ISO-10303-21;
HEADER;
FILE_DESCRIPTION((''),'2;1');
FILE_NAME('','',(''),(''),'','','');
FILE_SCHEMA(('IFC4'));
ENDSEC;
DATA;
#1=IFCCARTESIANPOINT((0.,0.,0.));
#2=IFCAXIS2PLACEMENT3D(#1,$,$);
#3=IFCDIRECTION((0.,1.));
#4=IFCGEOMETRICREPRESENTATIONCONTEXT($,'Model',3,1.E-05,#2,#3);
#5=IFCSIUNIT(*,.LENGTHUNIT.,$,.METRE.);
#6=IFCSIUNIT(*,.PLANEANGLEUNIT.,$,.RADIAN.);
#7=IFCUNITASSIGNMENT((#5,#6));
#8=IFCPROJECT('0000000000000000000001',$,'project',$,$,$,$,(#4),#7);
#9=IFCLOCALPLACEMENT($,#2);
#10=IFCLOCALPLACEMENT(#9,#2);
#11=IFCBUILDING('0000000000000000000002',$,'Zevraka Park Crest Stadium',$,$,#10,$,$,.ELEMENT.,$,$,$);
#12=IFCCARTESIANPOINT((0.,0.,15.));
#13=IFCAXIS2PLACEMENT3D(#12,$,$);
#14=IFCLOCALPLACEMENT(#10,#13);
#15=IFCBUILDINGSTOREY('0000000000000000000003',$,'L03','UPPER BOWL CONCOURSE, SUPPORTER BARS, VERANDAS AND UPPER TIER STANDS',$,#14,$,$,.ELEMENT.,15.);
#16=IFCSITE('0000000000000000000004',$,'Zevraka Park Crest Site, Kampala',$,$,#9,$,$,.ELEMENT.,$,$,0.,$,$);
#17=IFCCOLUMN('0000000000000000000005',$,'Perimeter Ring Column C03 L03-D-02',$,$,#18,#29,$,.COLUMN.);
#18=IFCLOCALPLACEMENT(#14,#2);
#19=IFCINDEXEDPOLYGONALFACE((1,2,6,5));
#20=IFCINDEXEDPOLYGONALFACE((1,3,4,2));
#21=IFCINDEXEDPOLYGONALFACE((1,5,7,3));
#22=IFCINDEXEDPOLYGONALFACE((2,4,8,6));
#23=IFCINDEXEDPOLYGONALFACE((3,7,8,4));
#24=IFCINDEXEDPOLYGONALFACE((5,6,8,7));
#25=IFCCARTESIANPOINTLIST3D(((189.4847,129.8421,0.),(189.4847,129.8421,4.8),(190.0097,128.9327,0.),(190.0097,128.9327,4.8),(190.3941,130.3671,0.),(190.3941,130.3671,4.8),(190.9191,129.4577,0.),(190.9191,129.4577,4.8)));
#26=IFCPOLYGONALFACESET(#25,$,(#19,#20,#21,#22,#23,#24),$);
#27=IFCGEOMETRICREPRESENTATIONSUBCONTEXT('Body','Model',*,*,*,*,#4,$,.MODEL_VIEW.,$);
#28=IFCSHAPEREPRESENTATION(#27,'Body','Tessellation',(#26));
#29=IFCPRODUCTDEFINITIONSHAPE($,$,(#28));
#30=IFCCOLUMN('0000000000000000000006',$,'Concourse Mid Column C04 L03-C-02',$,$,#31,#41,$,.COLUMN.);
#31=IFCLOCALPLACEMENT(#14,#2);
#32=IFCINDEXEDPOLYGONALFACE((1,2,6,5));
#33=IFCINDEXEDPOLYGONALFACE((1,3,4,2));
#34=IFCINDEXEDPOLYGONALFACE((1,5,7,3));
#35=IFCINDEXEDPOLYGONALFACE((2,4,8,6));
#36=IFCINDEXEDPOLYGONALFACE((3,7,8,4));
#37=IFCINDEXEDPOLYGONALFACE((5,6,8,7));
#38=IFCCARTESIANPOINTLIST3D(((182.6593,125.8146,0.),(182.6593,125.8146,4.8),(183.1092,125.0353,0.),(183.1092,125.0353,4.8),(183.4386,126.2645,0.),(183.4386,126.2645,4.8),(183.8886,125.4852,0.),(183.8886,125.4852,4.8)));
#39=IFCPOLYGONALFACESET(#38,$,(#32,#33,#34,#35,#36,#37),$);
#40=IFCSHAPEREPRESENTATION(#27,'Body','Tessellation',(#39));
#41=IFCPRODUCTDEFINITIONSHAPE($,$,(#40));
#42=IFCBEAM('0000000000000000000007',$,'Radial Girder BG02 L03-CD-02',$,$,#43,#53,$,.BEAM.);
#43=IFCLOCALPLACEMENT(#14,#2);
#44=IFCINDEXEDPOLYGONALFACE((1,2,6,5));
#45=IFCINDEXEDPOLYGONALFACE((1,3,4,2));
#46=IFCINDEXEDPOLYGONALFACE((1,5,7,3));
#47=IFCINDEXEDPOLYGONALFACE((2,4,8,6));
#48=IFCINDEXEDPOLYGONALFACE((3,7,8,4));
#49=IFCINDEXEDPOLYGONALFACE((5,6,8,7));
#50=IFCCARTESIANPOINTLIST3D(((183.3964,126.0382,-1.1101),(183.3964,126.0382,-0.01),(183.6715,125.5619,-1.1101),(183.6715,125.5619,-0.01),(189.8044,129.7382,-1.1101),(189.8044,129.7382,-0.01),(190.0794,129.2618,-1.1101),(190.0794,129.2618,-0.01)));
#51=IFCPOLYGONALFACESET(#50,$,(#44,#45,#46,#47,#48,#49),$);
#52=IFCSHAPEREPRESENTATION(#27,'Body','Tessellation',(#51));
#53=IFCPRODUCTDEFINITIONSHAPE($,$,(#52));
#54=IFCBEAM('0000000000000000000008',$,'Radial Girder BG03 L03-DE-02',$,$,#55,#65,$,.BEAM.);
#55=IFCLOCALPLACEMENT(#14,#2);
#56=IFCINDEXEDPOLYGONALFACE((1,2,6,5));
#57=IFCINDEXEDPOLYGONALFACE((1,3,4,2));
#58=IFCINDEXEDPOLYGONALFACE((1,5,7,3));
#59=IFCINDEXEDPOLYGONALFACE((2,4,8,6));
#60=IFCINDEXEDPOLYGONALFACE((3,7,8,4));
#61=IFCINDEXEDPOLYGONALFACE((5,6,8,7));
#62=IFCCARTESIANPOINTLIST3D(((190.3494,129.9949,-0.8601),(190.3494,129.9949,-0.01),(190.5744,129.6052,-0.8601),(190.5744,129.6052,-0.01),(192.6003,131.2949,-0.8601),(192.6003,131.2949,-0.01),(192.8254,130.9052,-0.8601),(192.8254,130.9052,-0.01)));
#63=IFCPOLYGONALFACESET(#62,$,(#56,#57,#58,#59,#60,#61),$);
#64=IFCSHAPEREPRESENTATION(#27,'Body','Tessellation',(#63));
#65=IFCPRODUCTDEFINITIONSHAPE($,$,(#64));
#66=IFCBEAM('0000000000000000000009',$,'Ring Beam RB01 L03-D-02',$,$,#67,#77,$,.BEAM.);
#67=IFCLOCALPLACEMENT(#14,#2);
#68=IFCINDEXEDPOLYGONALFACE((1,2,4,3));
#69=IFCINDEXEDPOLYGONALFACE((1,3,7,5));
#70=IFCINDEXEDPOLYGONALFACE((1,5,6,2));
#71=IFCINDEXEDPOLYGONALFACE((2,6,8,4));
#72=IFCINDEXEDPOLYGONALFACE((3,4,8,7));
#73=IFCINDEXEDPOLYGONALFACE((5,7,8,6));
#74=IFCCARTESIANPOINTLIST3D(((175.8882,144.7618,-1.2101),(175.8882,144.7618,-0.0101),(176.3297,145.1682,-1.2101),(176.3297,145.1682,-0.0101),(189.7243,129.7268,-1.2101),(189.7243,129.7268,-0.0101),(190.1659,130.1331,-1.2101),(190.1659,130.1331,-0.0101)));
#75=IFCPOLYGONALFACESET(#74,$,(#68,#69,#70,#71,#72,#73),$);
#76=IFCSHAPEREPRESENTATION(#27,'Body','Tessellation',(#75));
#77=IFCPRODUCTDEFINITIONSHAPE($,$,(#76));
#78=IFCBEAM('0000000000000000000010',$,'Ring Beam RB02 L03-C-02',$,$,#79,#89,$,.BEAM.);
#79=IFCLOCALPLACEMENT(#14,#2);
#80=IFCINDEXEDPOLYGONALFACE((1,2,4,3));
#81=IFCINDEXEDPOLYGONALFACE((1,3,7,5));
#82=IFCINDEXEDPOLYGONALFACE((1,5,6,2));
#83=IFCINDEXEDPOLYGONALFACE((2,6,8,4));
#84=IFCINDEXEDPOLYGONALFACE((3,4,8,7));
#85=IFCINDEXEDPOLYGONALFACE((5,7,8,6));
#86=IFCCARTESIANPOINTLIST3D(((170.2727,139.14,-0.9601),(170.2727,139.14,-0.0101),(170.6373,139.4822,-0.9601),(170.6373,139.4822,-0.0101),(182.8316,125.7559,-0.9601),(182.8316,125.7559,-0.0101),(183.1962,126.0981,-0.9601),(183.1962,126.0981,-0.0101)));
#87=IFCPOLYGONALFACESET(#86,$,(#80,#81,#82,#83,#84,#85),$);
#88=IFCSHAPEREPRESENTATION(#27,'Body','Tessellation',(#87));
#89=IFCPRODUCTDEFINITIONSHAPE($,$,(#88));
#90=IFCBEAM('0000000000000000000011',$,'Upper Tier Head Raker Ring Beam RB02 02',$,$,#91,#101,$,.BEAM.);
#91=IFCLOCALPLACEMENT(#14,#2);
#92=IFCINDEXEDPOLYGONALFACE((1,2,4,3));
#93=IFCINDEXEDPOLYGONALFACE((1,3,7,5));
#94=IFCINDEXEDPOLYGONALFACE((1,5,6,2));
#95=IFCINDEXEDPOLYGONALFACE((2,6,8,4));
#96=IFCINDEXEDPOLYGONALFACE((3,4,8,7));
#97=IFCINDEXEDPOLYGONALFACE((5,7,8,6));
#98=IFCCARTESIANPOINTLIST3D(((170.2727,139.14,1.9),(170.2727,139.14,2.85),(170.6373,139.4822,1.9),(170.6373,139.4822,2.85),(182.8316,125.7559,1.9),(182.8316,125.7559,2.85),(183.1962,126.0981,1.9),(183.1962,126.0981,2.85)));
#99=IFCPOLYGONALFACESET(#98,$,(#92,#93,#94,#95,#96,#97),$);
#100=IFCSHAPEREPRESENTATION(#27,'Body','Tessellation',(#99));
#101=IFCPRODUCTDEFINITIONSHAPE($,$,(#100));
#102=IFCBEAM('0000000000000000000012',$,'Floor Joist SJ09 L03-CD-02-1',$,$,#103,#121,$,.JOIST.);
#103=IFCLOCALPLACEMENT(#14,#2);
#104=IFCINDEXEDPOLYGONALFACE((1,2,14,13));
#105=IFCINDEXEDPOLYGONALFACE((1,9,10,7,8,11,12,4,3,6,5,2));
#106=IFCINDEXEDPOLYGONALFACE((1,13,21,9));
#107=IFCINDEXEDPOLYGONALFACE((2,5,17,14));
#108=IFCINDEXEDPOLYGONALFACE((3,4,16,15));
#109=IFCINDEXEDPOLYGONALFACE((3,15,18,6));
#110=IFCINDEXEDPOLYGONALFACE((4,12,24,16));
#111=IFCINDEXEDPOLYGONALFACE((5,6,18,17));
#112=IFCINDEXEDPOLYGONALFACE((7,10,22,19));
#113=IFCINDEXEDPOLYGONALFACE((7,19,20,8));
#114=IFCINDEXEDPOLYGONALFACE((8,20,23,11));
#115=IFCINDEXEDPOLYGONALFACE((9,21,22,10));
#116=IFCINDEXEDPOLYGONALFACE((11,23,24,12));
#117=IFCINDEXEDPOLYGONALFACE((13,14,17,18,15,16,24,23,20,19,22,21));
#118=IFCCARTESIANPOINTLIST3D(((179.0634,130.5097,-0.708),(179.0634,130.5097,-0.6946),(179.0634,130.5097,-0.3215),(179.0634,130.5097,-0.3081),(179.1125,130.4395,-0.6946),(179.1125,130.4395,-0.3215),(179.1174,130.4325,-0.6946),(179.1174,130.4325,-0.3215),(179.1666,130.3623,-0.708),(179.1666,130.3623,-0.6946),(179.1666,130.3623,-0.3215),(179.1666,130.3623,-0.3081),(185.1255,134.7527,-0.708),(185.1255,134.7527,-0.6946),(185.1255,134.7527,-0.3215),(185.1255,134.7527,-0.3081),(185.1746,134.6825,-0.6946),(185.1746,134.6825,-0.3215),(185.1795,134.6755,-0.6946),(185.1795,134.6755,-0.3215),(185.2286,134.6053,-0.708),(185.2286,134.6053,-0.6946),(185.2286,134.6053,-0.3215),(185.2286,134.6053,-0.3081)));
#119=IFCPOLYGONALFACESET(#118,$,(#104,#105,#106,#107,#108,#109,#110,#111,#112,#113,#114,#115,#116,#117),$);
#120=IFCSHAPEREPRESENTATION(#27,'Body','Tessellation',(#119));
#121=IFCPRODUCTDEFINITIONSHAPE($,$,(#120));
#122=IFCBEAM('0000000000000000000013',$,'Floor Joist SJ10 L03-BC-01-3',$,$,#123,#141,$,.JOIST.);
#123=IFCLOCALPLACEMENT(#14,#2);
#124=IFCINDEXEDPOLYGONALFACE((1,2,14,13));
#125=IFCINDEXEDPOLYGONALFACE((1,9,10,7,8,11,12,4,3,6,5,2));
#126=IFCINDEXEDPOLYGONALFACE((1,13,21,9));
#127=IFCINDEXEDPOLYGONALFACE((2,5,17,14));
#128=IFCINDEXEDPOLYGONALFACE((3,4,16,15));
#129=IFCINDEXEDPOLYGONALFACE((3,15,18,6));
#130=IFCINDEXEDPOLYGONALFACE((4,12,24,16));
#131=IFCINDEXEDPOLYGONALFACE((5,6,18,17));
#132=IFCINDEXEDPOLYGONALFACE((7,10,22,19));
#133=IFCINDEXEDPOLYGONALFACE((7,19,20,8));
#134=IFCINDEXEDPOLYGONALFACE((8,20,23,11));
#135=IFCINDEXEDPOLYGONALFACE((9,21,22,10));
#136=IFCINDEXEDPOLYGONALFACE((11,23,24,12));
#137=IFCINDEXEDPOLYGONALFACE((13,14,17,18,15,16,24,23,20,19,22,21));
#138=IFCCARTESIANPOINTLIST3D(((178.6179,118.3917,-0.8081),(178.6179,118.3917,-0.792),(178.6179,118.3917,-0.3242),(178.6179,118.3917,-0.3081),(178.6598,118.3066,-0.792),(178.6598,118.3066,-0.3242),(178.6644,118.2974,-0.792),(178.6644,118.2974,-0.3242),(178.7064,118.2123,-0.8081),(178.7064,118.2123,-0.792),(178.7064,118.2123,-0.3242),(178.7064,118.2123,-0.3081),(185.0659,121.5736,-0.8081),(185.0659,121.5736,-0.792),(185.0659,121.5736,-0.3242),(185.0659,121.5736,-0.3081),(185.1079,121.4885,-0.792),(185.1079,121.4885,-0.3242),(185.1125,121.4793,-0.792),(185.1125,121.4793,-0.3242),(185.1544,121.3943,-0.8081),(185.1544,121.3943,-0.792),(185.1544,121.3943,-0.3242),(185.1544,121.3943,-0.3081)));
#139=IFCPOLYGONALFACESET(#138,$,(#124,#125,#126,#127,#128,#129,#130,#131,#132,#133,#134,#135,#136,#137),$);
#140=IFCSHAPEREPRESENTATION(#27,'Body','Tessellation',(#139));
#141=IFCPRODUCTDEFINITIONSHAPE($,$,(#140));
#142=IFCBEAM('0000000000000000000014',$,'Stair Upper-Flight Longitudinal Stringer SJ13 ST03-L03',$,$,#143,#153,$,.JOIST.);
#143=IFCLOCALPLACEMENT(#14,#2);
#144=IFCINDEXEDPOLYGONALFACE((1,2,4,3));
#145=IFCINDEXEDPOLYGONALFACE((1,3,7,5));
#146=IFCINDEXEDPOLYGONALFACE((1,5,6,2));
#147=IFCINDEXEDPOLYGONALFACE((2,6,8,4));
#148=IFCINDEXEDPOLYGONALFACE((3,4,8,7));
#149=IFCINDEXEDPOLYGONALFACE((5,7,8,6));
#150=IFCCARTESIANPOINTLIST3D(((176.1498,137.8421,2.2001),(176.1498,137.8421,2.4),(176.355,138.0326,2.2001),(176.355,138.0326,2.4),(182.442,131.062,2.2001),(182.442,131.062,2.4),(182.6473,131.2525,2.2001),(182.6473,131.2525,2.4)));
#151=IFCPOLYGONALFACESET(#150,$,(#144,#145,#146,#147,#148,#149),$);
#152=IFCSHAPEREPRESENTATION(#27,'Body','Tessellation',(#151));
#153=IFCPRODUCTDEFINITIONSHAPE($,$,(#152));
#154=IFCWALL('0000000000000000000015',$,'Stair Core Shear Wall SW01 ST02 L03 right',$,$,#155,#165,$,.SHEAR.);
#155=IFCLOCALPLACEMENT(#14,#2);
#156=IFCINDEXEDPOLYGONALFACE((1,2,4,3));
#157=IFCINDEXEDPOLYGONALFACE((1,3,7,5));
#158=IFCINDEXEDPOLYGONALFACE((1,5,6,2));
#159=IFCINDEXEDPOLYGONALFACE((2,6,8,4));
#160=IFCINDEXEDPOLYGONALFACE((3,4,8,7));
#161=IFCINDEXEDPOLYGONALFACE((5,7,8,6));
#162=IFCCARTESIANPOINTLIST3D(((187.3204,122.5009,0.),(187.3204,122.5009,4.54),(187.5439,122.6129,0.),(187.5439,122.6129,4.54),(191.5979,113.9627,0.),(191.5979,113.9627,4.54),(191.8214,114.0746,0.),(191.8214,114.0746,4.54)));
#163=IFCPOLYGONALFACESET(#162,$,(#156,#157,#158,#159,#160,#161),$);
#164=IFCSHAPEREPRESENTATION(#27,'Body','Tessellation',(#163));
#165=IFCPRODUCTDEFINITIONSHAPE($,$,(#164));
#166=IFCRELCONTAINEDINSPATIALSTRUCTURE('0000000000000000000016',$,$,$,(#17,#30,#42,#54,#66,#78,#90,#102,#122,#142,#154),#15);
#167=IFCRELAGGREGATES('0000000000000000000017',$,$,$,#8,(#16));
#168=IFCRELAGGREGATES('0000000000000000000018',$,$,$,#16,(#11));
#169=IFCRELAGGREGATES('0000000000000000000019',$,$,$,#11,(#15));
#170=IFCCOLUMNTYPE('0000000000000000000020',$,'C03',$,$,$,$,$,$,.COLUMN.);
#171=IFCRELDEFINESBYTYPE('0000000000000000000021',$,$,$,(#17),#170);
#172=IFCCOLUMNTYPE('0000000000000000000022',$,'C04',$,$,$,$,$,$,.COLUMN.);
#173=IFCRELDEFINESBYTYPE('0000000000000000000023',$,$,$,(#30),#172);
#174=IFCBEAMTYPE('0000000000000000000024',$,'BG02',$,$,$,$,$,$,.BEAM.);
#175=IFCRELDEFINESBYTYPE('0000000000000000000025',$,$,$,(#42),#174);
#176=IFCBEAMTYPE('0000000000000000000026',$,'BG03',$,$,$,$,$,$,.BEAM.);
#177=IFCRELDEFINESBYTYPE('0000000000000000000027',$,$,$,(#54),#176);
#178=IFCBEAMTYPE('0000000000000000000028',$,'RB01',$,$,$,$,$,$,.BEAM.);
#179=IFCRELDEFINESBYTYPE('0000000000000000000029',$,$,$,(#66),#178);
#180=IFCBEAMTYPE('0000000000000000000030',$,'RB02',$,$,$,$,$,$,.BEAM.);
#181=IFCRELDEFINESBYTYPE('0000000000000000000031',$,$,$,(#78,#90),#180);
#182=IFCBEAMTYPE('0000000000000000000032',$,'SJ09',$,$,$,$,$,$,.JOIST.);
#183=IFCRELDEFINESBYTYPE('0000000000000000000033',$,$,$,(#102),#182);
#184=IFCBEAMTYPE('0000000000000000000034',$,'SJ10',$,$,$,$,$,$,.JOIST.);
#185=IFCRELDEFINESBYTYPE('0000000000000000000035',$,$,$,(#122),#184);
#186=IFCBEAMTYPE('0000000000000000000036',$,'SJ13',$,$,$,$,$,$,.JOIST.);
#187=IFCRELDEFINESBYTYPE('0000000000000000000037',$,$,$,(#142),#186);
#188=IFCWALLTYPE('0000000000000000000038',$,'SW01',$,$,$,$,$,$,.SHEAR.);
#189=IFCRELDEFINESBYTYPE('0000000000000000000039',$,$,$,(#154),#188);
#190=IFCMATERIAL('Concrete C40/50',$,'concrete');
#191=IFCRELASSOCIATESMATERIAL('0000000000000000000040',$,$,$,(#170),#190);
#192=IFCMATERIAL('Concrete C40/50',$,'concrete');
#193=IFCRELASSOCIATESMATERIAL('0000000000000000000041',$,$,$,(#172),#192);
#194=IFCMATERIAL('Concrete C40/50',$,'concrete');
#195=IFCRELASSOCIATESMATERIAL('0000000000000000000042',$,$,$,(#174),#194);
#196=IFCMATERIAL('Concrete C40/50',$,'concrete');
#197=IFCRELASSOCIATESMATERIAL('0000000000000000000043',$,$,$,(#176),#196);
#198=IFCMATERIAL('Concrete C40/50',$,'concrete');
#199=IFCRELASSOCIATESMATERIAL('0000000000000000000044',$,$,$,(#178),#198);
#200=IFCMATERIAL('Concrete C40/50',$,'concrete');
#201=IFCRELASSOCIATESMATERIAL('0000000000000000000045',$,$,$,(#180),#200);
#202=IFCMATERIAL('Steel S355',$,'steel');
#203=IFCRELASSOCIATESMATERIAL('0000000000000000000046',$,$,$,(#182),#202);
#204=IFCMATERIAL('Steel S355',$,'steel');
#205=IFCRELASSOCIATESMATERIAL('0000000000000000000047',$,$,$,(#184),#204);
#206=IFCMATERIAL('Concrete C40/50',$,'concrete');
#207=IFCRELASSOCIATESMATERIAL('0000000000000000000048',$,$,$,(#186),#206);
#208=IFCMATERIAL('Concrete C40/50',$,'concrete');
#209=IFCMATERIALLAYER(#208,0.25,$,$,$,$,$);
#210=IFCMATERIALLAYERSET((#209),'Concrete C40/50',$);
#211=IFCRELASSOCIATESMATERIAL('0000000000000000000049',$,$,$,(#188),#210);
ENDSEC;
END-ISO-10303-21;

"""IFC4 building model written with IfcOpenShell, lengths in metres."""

from ifc_helpers import new_model, si_unit, direction, frame, frame_2d, origin, origin_2d, place, context, subcontext, project, spatial, rectangle, i_section, extrude, material, layer, layer_set, material_profile, profile_set, type_object, element, save


model = new_model("IFC4")

# Units and contexts
model_context = context("Model", 3, precision=1e-05, world=origin(), true_north=direction((0.0, 1.0)))
body_context = subcontext(model_context, "Body", "Model", "MODEL_VIEW")
ifc_project = project(units=[si_unit("LENGTHUNIT", "METRE"), si_unit("PLANEANGLEUNIT", "RADIAN")], contexts=[model_context])

# Site, building, storey
site_placement = place(None, origin())
site = spatial("IfcSite", under=ifc_project, at=site_placement, Name="Zevraka Park Crest Site, Kampala", CompositionType="ELEMENT", RefElevation=0.0)
building_placement = place(site_placement, origin())
building = spatial("IfcBuilding", under=site, at=building_placement, Name="Zevraka Park Crest Stadium", CompositionType="ELEMENT")
storey_placement = place(building_placement, frame((0.0, 0.0, 15.0)))
storey = spatial("IfcBuildingStorey", under=building, at=storey_placement, Name="L03", Description="UPPER BOWL CONCOURSE, SUPPORTER BARS, VERANDAS AND UPPER TIER STANDS", CompositionType="ELEMENT", Elevation=15.0)

# Columns
ifc_material_1 = material(Name="Concrete C40/50", Category="concrete")
ifc_material_profile_1 = material_profile(ifc_material_1, rectangle(XDim=1.05, YDim=1.05, at=origin_2d()), Name="RC 1050x1050")
ifc_profile_set_1 = profile_set([ifc_material_profile_1], Name="Concrete C40/50")
column_type_1 = type_object("IfcColumnType", Name="C03", PredefinedType="COLUMN", material=ifc_profile_set_1)
column_1_placement = place(storey_placement, frame((190.2019, 129.6499, 0.0), z_axis=(0.0, 0.0, 1.0), x_axis=(0.866025, 0.5, 0.0)))
element("IfcColumn", 1, at=column_1_placement, inside=storey, type_object=column_type_1, Name="Perimeter Ring Column C03 L03-D-02", PredefinedType="COLUMN", context=body_context, shape_type="SweptSolid", body=[
    extrude(rectangle(XDim=1.05, YDim=1.05, at=origin_2d()), origin(), (0.0, 0.0, 1.0), 4.8),
])
ifc_material_2 = material(Name="Concrete C40/50", Category="concrete")
ifc_material_profile_2 = material_profile(ifc_material_2, rectangle(XDim=0.8999, YDim=0.8999, at=origin_2d()), Name="RC 900x900")
ifc_profile_set_2 = profile_set([ifc_material_profile_2], Name="Concrete C40/50")
column_type_2 = type_object("IfcColumnType", Name="C04", PredefinedType="COLUMN", material=ifc_profile_set_2)
column_2_placement = place(storey_placement, frame((183.2739, 125.6499, 0.0), z_axis=(0.0, 0.0, 1.0), x_axis=(0.866025, 0.5, 0.0)))
element("IfcColumn", 2, at=column_2_placement, inside=storey, type_object=column_type_2, Name="Concourse Mid Column C04 L03-C-02", PredefinedType="COLUMN", context=body_context, shape_type="SweptSolid", body=[
    extrude(rectangle(XDim=0.8999, YDim=0.8999, at=origin_2d()), origin(), (0.0, 0.0, 1.0), 4.8),
])

# Beams
ifc_material_3 = material(Name="Concrete C40/50", Category="concrete")
ifc_material_profile_3 = material_profile(ifc_material_3, rectangle(XDim=0.55, YDim=1.1001, at=origin_2d()), Name="RC 1100x550")
ifc_profile_set_3 = profile_set([ifc_material_profile_3], Name="Concrete C40/50")
beam_type_1 = type_object("IfcBeamType", Name="BG02", PredefinedType="BEAM", material=ifc_profile_set_3)
beam_1_placement = place(storey_placement, frame((183.5339, 125.8, -0.5601), z_axis=(0.866007, 0.500032, 0.0), x_axis=(-0.500032, 0.866007, 0.0)))
element("IfcBeam", 3, at=beam_1_placement, inside=storey, type_object=beam_type_1, Name="Radial Girder BG02 L03-CD-02", PredefinedType="BEAM", context=body_context, shape_type="SweptSolid", body=[
    extrude(rectangle(XDim=0.55, YDim=1.1001, at=origin_2d()), origin(), (0.0, 0.0, 1.0), 7.3994),
])
ifc_material_4 = material(Name="Concrete C40/50", Category="concrete")
ifc_material_profile_4 = material_profile(ifc_material_4, rectangle(XDim=0.45, YDim=0.8501, at=origin_2d()), Name="RC 850x450")
ifc_profile_set_4 = profile_set([ifc_material_profile_4], Name="Concrete C40/50")
beam_type_2 = type_object("IfcBeamType", Name="BG03", PredefinedType="BEAM", material=ifc_profile_set_4)
beam_2_placement = place(storey_placement, frame((190.4619, 129.8, -0.4351), z_axis=(0.865951, 0.500129, 0.0), x_axis=(-0.500129, 0.865951, 0.0)))
element("IfcBeam", 4, at=beam_2_placement, inside=storey, type_object=beam_type_2, Name="Radial Girder BG03 L03-DE-02", PredefinedType="BEAM", context=body_context, shape_type="SweptSolid", body=[
    extrude(rectangle(XDim=0.45, YDim=0.8501, at=origin_2d()), origin(), (0.0, 0.0, 1.0), 2.5994),
])
ifc_material_5 = material(Name="Concrete C40/50", Category="concrete")
ifc_material_profile_5 = material_profile(ifc_material_5, rectangle(XDim=0.6001, YDim=1.2, at=origin_2d()), Name="RC 1200x600")
ifc_profile_set_5 = profile_set([ifc_material_profile_5], Name="Concrete C40/50")
beam_type_3 = type_object("IfcBeamType", Name="RB01", PredefinedType="BEAM", material=ifc_profile_set_5)
beam_3_placement = place(storey_placement, frame((189.9451, 129.9299, -0.6101), z_axis=(-0.677158, 0.735837, 0.0), x_axis=(-0.735837, -0.677158, 0.0)))
element("IfcBeam", 5, at=beam_3_placement, inside=storey, type_object=beam_type_3, Name="Ring Beam RB01 L03-D-02", PredefinedType="BEAM", context=body_context, shape_type="SweptSolid", body=[
    extrude(rectangle(XDim=0.6001, YDim=1.2, at=origin_2d()), origin(), (0.0, 0.0, 1.0), 20.4326),
])
ifc_material_6 = material(Name="Concrete C40/50", Category="concrete")
ifc_material_profile_6 = material_profile(ifc_material_6, rectangle(XDim=0.5, YDim=0.95, at=origin_2d()), Name="RC 950x500")
ifc_profile_set_6 = profile_set([ifc_material_profile_6], Name="Concrete C40/50")
beam_type_4 = type_object("IfcBeamType", Name="RB02", PredefinedType="BEAM", material=ifc_profile_set_6)
for number, where, z_axis, x_axis, name in (
    (6, (183.0139, 125.927, -0.4851), (-0.684269, 0.72923, 0.0), (-0.72923, -0.684269, 0.0), "Ring Beam RB02 L03-C-02"),
    (7, (183.0139, 125.927, 2.375), (-0.684269, 0.72923, 0.0), (-0.72923, -0.684269, 0.0), "Upper Tier Head Raker Ring Beam RB02 02"),
):
    element("IfcBeam", number, at=place(storey_placement, frame(where, z_axis=z_axis, x_axis=x_axis)), inside=storey, type_object=beam_type_4, Name=name, PredefinedType="BEAM", context=body_context, shape_type="SweptSolid", body=[
        extrude(rectangle(XDim=0.5, YDim=0.95, at=origin_2d()), origin(), (0.0, 0.0, 1.0), 18.3538),
    ])
ifc_material_7 = material(Name="Steel S355", Category="steel")
ifc_material_profile_7 = material_profile(ifc_material_7, i_section(OverallWidth=0.1799, OverallDepth=0.3999, WebThickness=0.0085, FlangeThickness=0.0134, at=origin_2d()), Name="IPE 400")
ifc_profile_set_7 = profile_set([ifc_material_profile_7], Name="Steel S355")
beam_type_5 = type_object("IfcBeamType", Name="SJ09", PredefinedType="JOIST", material=ifc_profile_set_7)
beam_4_placement = place(storey_placement, frame((179.115, 130.436, -0.5081), z_axis=(0.819263, 0.573418, 0.0), x_axis=(-0.573418, 0.819263, 0.0)))
element("IfcBeam", 8, at=beam_4_placement, inside=storey, type_object=beam_type_5, Name="Floor Joist SJ09 L03-CD-02-1", PredefinedType="JOIST", context=body_context, shape_type="SweptSolid", body=[
    extrude(i_section(OverallWidth=0.1799, OverallDepth=0.3999, WebThickness=0.0085, FlangeThickness=0.0134, at=origin_2d()), origin(), (0.0, 0.0, 1.0), 7.3994),
])
ifc_material_8 = material(Name="Steel S355", Category="steel")
ifc_material_profile_8 = material_profile(ifc_material_8, i_section(OverallWidth=0.2, OverallDepth=0.5, WebThickness=0.0103, FlangeThickness=0.0161, at=origin_2d()), Name="IPE 500")
ifc_profile_set_8 = profile_set([ifc_material_profile_8], Name="Steel S355")
beam_type_6 = type_object("IfcBeamType", Name="SJ10", PredefinedType="JOIST", material=ifc_profile_set_8)
beam_5_placement = place(storey_placement, frame((178.6621, 118.302, -0.5581), z_axis=(0.896758, 0.442522, 0.0), x_axis=(-0.442522, 0.896758, 0.0)))
element("IfcBeam", 9, at=beam_5_placement, inside=storey, type_object=beam_type_6, Name="Floor Joist SJ10 L03-BC-01-3", PredefinedType="JOIST", context=body_context, shape_type="SweptSolid", body=[
    extrude(i_section(OverallWidth=0.2, OverallDepth=0.5, WebThickness=0.0103, FlangeThickness=0.0161, at=origin_2d()), origin(), (0.0, 0.0, 1.0), 7.1904),
])
ifc_material_9 = material(Name="Concrete C40/50", Category="concrete")
ifc_material_profile_9 = material_profile(ifc_material_9, rectangle(XDim=0.28, YDim=0.2, at=origin_2d()), Name="RC 200x280")
ifc_profile_set_9 = profile_set([ifc_material_profile_9], Name="Concrete C40/50")
beam_type_7 = type_object("IfcBeamType", Name="SJ13", PredefinedType="JOIST", material=ifc_profile_set_9)
beam_6_placement = place(storey_placement, frame((182.5447, 131.1572, 2.3), z_axis=(-0.680248, 0.732982, 0.0), x_axis=(-0.732982, -0.680248, 0.0)))
element("IfcBeam", 10, at=beam_6_placement, inside=storey, type_object=beam_type_7, Name="Stair Upper-Flight Longitudinal Stringer SJ13 ST03-L03", PredefinedType="JOIST", context=body_context, shape_type="SweptSolid", body=[
    extrude(rectangle(XDim=0.28, YDim=0.2, at=origin_2d()), origin(), (0.0, 0.0, 1.0), 9.25),
])

# Wall
ifc_material_10 = material(Name="Concrete C40/50", Category="concrete")
ifc_layer = layer(ifc_material_10, 0.25)
ifc_layer_set = layer_set([ifc_layer], Name="Concrete C40/50")
wall_type = type_object("IfcWallType", Name="SW01", PredefinedType="SHEAR", material=ifc_layer_set)
wall_1_placement = place(storey_placement, frame((187.4321, 122.5569, 0.0), z_axis=(0.0, 0.0, 1.0), x_axis=(0.447919, -0.894074, 0.0)))
element("IfcWall", 11, at=wall_1_placement, inside=storey, type_object=wall_type, Name="Stair Core Shear Wall SW01 ST02 L03 right", PredefinedType="SHEAR", context=body_context, shape_type="SweptSolid", body=[
    extrude(rectangle(XDim=9.5498, YDim=0.25, at=frame_2d((4.7749, 0.0))), origin(), (0.0, 0.0, 1.0), 4.54),
])

save(model, "model.ifc")
